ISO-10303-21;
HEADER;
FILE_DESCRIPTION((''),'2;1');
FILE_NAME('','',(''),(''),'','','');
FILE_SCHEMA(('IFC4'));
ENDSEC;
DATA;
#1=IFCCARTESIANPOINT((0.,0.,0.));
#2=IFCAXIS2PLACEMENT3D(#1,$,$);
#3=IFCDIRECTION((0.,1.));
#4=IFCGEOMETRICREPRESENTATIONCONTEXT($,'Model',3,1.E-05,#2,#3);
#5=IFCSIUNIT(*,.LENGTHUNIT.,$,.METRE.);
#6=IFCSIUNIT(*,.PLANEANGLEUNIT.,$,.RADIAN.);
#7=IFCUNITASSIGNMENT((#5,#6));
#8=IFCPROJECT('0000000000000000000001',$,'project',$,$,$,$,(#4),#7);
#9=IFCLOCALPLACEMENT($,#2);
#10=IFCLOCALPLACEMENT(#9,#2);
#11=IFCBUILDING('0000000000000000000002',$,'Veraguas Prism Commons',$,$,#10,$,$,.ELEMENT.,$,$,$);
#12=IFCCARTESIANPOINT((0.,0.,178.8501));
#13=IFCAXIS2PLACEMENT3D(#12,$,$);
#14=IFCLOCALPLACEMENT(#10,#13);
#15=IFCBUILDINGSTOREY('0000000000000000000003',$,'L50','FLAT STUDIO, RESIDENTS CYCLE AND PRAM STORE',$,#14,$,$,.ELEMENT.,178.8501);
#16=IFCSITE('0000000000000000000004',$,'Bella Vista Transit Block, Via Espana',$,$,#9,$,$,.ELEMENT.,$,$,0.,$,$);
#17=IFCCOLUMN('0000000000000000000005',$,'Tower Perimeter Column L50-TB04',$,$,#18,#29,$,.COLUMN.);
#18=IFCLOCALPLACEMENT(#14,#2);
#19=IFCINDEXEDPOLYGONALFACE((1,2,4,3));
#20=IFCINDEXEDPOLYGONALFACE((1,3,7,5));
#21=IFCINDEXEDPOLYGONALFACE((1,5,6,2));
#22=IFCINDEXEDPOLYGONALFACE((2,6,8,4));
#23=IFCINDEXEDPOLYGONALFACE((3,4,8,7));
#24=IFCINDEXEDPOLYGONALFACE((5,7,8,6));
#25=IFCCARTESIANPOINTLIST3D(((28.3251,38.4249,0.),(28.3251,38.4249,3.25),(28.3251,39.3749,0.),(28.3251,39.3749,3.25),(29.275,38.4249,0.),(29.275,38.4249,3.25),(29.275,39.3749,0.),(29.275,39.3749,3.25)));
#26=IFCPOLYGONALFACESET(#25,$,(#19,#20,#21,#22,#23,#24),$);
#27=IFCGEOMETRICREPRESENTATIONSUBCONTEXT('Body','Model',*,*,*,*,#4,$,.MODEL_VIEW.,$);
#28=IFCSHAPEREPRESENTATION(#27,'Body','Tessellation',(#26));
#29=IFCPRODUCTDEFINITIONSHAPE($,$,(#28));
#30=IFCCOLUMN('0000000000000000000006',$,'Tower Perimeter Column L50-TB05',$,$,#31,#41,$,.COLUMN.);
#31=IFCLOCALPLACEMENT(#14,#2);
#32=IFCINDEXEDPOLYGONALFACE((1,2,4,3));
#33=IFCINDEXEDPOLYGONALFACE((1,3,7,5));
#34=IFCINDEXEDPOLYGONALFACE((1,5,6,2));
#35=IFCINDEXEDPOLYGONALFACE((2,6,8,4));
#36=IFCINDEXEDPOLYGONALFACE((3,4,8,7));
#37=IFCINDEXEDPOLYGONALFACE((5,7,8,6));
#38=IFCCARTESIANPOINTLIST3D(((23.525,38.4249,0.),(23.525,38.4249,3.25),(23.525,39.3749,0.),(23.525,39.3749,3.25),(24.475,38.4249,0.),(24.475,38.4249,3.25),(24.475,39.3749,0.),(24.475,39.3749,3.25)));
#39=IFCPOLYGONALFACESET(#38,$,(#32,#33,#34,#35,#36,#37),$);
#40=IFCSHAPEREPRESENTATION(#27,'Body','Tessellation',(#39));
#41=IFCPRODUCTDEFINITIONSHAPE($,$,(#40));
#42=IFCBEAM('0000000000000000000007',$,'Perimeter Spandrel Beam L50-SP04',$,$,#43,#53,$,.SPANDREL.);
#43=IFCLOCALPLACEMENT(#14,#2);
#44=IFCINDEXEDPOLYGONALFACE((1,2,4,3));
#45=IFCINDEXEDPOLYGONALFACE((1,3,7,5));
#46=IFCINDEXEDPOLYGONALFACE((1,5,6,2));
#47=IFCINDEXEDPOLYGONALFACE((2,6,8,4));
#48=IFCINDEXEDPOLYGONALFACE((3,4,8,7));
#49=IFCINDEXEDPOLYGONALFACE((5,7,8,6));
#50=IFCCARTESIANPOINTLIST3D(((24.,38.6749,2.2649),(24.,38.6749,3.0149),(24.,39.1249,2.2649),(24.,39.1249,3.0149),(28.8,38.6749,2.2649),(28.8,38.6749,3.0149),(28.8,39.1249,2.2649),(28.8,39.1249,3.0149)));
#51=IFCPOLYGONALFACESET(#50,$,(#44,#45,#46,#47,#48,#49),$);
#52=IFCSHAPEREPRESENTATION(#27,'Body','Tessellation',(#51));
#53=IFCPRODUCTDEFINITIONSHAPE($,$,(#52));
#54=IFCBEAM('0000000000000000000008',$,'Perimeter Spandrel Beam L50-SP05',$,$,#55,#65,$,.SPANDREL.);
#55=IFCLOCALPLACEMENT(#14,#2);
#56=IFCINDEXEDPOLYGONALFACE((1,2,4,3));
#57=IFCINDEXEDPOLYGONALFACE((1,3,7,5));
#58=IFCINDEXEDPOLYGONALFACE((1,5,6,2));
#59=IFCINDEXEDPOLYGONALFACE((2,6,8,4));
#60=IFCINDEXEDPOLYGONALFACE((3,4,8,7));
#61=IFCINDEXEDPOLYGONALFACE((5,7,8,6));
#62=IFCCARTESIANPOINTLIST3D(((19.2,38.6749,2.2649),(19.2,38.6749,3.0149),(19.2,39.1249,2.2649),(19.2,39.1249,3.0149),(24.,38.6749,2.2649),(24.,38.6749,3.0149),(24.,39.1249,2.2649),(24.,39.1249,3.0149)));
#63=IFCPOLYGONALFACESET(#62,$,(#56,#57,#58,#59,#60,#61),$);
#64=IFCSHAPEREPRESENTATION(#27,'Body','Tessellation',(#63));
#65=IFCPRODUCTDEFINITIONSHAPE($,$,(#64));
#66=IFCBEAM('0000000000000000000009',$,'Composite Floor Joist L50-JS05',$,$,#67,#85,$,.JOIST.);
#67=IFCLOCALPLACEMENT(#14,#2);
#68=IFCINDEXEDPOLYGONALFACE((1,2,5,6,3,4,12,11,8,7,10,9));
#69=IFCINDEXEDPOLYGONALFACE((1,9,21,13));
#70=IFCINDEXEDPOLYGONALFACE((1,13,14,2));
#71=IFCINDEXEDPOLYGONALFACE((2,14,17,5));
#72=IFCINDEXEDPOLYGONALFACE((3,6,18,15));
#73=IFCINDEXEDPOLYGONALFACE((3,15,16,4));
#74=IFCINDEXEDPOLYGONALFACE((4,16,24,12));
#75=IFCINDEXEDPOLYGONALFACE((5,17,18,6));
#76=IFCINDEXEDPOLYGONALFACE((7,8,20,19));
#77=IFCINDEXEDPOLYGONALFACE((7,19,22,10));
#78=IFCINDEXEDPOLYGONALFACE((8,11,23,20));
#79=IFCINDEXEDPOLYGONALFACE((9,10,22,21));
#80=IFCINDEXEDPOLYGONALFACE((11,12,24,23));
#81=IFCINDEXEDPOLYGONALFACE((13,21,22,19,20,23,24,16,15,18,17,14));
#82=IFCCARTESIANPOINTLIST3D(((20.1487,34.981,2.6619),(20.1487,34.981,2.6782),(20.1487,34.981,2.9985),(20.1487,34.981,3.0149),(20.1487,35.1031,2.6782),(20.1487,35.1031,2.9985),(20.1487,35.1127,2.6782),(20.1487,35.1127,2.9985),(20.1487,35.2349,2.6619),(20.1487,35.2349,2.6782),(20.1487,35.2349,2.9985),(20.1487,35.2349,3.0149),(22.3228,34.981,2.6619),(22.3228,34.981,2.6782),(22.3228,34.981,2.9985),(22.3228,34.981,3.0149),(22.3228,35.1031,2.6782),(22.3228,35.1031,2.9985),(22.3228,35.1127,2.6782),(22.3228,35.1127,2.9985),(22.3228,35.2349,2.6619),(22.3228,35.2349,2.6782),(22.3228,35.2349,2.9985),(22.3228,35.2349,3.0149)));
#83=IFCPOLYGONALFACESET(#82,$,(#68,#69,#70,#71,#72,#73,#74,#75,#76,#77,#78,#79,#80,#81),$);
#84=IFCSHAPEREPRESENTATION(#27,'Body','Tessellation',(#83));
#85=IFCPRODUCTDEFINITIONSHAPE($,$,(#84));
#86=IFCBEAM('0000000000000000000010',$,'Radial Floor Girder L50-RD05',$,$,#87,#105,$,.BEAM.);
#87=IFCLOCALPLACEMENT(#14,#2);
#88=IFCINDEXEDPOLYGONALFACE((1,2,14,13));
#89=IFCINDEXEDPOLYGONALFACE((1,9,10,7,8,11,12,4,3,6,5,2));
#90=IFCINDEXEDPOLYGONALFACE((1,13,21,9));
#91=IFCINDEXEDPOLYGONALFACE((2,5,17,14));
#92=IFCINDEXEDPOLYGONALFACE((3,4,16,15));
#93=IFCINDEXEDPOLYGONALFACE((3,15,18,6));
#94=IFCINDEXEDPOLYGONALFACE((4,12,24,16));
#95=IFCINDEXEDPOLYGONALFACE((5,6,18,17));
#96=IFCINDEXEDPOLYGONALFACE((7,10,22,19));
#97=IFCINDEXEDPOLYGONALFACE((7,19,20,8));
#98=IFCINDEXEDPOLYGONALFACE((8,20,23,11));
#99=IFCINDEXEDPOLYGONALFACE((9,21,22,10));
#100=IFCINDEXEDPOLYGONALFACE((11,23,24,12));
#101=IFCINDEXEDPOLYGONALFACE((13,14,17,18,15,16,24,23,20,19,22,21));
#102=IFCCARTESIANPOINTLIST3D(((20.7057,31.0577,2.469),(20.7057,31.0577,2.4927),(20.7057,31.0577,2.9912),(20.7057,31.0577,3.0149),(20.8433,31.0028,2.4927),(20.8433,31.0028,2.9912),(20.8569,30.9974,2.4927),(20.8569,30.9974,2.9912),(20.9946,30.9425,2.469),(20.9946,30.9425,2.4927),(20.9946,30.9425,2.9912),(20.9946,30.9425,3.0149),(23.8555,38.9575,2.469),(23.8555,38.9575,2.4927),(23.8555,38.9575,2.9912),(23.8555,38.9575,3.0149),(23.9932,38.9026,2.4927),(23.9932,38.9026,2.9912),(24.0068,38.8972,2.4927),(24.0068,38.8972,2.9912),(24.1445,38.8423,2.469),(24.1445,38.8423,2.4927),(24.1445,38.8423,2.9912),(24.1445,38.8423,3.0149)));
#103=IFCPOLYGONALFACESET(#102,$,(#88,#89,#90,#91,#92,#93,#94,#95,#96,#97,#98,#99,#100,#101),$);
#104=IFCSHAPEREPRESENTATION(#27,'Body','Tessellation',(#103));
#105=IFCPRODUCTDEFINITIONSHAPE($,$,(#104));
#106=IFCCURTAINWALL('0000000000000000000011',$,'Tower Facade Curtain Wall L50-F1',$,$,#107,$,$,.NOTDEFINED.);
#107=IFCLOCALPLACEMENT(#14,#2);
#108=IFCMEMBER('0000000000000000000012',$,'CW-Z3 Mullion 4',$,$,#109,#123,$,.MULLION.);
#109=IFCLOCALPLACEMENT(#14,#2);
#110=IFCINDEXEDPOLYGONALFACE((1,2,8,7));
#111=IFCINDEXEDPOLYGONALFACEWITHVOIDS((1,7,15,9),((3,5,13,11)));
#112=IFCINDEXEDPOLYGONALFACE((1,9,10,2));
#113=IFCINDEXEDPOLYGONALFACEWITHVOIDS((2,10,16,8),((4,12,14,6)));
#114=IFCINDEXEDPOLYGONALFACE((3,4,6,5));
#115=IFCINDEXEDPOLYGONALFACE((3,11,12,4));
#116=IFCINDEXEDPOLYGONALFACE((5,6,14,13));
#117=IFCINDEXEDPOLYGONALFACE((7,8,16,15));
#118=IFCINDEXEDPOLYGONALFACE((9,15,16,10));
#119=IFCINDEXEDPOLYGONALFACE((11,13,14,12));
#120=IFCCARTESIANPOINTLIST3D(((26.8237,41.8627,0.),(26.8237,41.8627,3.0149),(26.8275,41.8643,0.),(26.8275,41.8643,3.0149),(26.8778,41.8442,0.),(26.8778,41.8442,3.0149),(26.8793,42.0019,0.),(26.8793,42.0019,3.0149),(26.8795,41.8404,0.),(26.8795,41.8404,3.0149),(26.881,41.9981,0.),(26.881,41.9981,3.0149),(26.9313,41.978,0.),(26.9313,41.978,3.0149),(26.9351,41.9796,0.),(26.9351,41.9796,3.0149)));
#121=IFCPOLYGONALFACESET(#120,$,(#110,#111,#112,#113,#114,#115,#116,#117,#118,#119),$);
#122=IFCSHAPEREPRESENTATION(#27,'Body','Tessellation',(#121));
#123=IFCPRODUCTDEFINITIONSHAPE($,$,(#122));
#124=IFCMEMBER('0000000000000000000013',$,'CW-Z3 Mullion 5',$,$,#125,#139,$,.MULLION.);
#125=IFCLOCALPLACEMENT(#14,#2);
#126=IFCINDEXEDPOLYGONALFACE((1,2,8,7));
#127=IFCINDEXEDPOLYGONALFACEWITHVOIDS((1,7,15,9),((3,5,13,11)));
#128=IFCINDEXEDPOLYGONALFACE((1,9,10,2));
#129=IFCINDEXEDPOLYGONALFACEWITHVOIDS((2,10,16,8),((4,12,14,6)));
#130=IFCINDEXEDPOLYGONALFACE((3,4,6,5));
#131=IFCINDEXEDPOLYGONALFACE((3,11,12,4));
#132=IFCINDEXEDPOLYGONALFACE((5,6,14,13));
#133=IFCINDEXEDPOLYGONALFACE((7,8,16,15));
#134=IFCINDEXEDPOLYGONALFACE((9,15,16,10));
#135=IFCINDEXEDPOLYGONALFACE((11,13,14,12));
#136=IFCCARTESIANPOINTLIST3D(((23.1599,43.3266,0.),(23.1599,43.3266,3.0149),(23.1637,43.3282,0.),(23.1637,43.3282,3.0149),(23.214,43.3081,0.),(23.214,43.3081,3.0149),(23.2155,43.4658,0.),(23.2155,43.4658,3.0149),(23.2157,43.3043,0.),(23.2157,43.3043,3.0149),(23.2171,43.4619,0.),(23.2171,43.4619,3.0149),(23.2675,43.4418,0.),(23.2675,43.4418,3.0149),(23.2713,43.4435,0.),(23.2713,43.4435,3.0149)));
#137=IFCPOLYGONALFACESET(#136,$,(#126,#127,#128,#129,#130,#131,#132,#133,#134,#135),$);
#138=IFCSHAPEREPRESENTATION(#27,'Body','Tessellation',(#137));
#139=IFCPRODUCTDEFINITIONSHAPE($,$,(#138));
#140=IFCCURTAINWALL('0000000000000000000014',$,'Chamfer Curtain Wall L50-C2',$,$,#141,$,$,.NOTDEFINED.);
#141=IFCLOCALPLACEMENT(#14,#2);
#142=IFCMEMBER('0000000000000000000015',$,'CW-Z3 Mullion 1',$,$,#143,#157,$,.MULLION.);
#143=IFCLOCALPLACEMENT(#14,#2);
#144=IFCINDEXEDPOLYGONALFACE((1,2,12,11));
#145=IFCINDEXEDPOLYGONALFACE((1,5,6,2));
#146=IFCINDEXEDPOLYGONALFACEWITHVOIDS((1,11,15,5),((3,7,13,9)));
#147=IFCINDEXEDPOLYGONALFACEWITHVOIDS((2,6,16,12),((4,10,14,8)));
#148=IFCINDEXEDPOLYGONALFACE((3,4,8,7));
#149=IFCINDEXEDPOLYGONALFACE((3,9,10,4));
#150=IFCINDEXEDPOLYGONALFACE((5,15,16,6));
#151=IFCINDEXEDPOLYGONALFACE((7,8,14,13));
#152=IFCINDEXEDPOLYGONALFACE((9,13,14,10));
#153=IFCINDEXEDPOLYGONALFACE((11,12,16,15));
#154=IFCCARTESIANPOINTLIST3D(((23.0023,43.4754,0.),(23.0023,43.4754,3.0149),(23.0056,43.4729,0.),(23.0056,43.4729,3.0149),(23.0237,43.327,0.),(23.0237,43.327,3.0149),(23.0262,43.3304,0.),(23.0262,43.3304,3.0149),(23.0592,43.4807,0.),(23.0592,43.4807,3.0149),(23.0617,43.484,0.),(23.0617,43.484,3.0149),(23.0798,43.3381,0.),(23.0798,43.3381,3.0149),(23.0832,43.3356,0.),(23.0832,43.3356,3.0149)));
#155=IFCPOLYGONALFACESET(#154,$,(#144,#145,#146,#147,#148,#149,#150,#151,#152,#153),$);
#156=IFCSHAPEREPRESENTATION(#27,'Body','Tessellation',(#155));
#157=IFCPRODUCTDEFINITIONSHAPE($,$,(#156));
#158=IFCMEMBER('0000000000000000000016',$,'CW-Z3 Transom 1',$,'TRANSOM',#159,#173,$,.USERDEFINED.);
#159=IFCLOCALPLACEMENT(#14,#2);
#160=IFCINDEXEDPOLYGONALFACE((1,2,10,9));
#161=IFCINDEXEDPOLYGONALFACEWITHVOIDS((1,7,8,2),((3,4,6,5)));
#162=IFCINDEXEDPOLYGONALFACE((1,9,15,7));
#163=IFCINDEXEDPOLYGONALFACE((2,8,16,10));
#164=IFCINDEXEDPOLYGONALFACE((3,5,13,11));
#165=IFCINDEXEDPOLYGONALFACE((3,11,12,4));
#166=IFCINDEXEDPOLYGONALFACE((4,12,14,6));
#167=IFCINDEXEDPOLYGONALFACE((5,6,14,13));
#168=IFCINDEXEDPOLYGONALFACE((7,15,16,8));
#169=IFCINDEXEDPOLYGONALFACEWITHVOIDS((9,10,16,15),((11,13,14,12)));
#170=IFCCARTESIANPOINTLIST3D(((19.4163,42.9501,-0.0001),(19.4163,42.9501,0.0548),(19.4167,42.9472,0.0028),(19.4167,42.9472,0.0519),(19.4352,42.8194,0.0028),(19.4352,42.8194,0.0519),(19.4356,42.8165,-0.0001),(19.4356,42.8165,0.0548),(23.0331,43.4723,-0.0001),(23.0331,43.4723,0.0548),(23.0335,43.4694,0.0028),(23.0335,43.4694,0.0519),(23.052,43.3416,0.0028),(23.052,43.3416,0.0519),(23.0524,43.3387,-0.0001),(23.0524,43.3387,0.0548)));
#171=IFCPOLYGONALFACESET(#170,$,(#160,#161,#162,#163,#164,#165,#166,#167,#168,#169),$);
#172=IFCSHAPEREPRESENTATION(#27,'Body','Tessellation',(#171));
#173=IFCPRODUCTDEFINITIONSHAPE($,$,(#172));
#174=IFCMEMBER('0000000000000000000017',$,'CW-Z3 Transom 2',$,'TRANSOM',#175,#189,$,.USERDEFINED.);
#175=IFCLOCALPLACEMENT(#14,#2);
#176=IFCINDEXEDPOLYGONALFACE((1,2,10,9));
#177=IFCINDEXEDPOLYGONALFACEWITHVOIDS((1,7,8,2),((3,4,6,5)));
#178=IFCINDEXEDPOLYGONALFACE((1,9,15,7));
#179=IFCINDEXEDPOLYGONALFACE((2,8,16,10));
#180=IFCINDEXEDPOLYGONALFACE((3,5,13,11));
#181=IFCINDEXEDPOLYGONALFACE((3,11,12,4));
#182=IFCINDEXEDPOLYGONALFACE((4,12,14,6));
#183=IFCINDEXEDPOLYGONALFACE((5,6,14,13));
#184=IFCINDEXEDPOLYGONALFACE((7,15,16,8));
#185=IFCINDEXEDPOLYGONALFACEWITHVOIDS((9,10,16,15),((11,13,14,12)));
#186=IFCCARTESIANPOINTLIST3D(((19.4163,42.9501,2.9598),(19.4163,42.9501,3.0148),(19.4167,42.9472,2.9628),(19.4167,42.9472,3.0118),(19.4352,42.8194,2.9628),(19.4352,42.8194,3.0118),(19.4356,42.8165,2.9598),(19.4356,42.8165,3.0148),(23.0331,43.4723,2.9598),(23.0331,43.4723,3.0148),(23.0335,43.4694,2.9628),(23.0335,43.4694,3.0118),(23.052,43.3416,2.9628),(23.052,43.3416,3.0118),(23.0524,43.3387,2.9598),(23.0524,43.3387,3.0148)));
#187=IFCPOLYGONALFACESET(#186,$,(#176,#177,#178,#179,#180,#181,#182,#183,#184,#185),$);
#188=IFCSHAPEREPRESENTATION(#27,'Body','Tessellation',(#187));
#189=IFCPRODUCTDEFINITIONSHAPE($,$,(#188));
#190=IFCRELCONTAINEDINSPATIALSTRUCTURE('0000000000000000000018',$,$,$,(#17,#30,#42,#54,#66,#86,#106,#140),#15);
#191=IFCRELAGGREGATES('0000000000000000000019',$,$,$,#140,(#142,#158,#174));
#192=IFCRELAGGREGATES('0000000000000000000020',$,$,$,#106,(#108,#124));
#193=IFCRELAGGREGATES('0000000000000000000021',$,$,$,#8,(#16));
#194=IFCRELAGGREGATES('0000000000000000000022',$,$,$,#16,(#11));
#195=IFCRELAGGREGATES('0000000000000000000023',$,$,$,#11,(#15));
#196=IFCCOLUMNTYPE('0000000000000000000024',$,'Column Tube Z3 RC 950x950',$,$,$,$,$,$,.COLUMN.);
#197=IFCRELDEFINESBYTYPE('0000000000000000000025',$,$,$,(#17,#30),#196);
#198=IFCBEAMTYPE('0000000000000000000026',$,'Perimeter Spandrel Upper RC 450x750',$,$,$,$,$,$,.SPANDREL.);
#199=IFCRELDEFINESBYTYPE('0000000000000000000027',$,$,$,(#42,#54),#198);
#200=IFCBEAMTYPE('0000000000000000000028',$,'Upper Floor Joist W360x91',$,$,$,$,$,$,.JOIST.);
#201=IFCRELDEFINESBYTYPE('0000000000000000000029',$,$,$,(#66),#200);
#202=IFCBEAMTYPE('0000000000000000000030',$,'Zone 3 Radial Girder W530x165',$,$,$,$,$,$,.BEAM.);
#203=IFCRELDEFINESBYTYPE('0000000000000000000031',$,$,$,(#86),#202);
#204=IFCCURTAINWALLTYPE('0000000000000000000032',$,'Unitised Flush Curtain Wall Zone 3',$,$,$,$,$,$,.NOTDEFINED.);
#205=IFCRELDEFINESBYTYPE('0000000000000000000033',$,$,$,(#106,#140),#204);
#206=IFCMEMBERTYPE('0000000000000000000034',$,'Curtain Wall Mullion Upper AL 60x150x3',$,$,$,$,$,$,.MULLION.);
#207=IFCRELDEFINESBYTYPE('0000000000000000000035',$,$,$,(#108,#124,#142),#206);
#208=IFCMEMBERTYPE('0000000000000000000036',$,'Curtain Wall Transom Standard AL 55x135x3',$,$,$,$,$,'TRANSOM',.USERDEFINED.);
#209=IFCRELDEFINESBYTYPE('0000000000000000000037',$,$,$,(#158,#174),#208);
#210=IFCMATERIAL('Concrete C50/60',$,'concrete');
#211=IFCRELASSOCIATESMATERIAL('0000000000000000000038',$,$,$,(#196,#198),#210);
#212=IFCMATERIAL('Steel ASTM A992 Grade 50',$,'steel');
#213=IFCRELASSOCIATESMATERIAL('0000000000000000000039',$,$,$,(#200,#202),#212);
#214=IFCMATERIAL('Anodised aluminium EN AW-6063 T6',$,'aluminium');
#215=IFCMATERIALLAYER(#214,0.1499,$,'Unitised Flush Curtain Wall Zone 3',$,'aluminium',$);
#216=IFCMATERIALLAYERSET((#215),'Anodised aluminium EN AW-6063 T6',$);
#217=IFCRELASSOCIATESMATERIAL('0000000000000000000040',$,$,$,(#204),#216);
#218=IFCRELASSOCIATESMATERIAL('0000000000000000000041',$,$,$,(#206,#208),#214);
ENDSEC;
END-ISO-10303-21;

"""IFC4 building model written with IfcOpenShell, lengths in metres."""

from ifc_helpers import new_model, si_unit, direction, frame, origin, origin_2d, place, context, subcontext, project, spatial, rectangle, hollow_rectangle, i_section, extrude, source, transform, mapped, material, layer, layer_set, material_profile, profile_set, type_object, element, aggregate, save


model = new_model("IFC4")

# Units and contexts
model_context = context("Model", 3, precision=1e-05, world=origin(), true_north=direction((0.0, 1.0)))
body_context = subcontext(model_context, "Body", "Model", "MODEL_VIEW")
ifc_project = project(units=[si_unit("LENGTHUNIT", "METRE"), si_unit("PLANEANGLEUNIT", "RADIAN")], contexts=[model_context])

# Site, building, storey
site_placement = place(None, origin())
site = spatial("IfcSite", under=ifc_project, at=site_placement, Name="Bella Vista Transit Block, Via Espana", CompositionType="ELEMENT", RefElevation=0.0)
building_placement = place(site_placement, origin())
building = spatial("IfcBuilding", under=site, at=building_placement, Name="Veraguas Prism Commons", CompositionType="ELEMENT")
storey_placement = place(building_placement, frame((0.0, 0.0, 178.8501)))
storey = spatial("IfcBuildingStorey", under=building, at=storey_placement, Name="L50", Description="FLAT STUDIO, RESIDENTS CYCLE AND PRAM STORE", CompositionType="ELEMENT", Elevation=178.8501)

# Columns
ifc_material_1 = material(Name="Concrete C50/60", Category="concrete")
ifc_material_profile_1 = material_profile(ifc_material_1, rectangle(XDim=0.95, YDim=0.95, at=origin_2d()), Name="RC950X950")
ifc_profile_set_1 = profile_set([ifc_material_profile_1], Name="Concrete C50/60")
column_type = type_object("IfcColumnType", Name="Column Tube Z3 RC 950x950", PredefinedType="COLUMN", material=ifc_profile_set_1)
for number, where, z_axis, x_axis, name in (
    (1, (28.8, 38.8999, 0.0), (0.0, 0.0, 1.0), (1.0, 0.0, 0.0), "Tower Perimeter Column L50-TB04"),
    (2, (24.0, 38.8999, 0.0), (0.0, 0.0, 1.0), (1.0, 0.0, 0.0), "Tower Perimeter Column L50-TB05"),
):
    element("IfcColumn", number, at=place(storey_placement, frame(where, z_axis=z_axis, x_axis=x_axis)), inside=storey, type_object=column_type, Name=name, PredefinedType="COLUMN", context=body_context, shape_type="SweptSolid", body=[
        extrude(rectangle(XDim=0.95, YDim=0.95, at=origin_2d()), origin(), (0.0, 0.0, 1.0), 3.25),
    ])

# Beams
ifc_material_profile_2 = material_profile(ifc_material_1, rectangle(XDim=0.45, YDim=0.75, at=origin_2d()), Name="RC450X750")
ifc_profile_set_2 = profile_set([ifc_material_profile_2], Name="Concrete C50/60")
beam_type_1 = type_object("IfcBeamType", Name="Perimeter Spandrel Upper RC 450x750", PredefinedType="SPANDREL", material=ifc_profile_set_2)
for number, where, z_axis, x_axis, name in (
    (3, (28.8, 38.8999, 2.6399), (-1.0, 0.0, 0.0), (0.0, -1.0, 0.0), "Perimeter Spandrel Beam L50-SP04"),
    (4, (24.0, 38.8999, 2.6399), (-1.0, 0.0, 0.0), (0.0, -1.0, 0.0), "Perimeter Spandrel Beam L50-SP05"),
):
    element("IfcBeam", number, at=place(storey_placement, frame(where, z_axis=z_axis, x_axis=x_axis)), inside=storey, type_object=beam_type_1, Name=name, PredefinedType="SPANDREL", context=body_context, shape_type="SweptSolid", body=[
        extrude(rectangle(XDim=0.45, YDim=0.75, at=origin_2d()), origin(), (0.0, 0.0, 1.0), 4.8),
    ])
ifc_material_2 = material(Name="Steel ASTM A992 Grade 50", Category="steel")
ifc_material_profile_3 = material_profile(ifc_material_2, i_section(OverallWidth=0.2539, OverallDepth=0.353, WebThickness=0.0095, FlangeThickness=0.0164, at=origin_2d()), Name="W360X91")
ifc_profile_set_3 = profile_set([ifc_material_profile_3], Name="Steel ASTM A992 Grade 50")
beam_type_2 = type_object("IfcBeamType", Name="Upper Floor Joist W360x91", PredefinedType="JOIST", material=ifc_profile_set_3)
beam_1_placement = place(storey_placement, frame((22.3228, 35.1079, 2.8384), z_axis=(-1.0, 0.0, 0.0), x_axis=(0.0, -1.0, 0.0)))
element("IfcBeam", 5, at=beam_1_placement, inside=storey, type_object=beam_type_2, Name="Composite Floor Joist L50-JS05", PredefinedType="JOIST", context=body_context, shape_type="SweptSolid", body=[
    extrude(i_section(OverallWidth=0.2539, OverallDepth=0.353, WebThickness=0.0095, FlangeThickness=0.0164, at=origin_2d()), origin(), (0.0, 0.0, 1.0), 2.1741),
])
ifc_material_profile_4 = material_profile(ifc_material_2, i_section(OverallWidth=0.311, OverallDepth=0.5459, WebThickness=0.0146, FlangeThickness=0.0237, at=origin_2d()), Name="W530X165")
ifc_profile_set_4 = profile_set([ifc_material_profile_4], Name="Steel ASTM A992 Grade 50")
beam_type_3 = type_object("IfcBeamType", Name="Zone 3 Radial Girder W530x165", PredefinedType="BEAM", material=ifc_profile_set_4)
beam_2_placement = place(storey_placement, frame((24.0, 38.8999, 2.7419), z_axis=(-0.370371, -0.928884, 0.0), x_axis=(0.928884, -0.370371, 0.0)))
element("IfcBeam", 6, at=beam_2_placement, inside=storey, type_object=beam_type_3, Name="Radial Floor Girder L50-RD05", PredefinedType="BEAM", context=body_context, shape_type="SweptSolid", body=[
    extrude(i_section(OverallWidth=0.311, OverallDepth=0.5459, WebThickness=0.0146, FlangeThickness=0.0237, at=origin_2d()), origin(), (0.0, 0.0, 1.0), 8.5046),
])

# Curtain walls, members
ifc_material_3 = material(Name="Anodised aluminium EN AW-6063 T6", Category="aluminium")
ifc_layer_1 = layer(ifc_material_3, 0.1499, Name="Unitised Flush Curtain Wall Zone 3", Category="aluminium")
ifc_layer_set_1 = layer_set([ifc_layer_1], Name="Anodised aluminium EN AW-6063 T6")
curtain_wall_type = type_object("IfcCurtainWallType", Name="Unitised Flush Curtain Wall Zone 3", PredefinedType="NOTDEFINED", material=ifc_layer_set_1)
curtain_wall_1_placement = place(storey_placement, origin())
curtain_wall_1 = element("IfcCurtainWall", 7, at=curtain_wall_1_placement, inside=storey, type_object=curtain_wall_type, Name="Tower Facade Curtain Wall L50-F1", PredefinedType="NOTDEFINED")
ifc_material_profile_5 = material_profile(ifc_material_3, hollow_rectangle(XDim=0.0601, YDim=0.1499, WallThickness=0.0029, at=origin_2d()), Name="AL60X150X3")
ifc_profile_set_5 = profile_set([ifc_material_profile_5], Name="Anodised aluminium EN AW-6063 T6")
member_type_1 = type_object("IfcMemberType", Name="Curtain Wall Mullion Upper AL 60x150x3", PredefinedType="MULLION", material=ifc_profile_set_5)
shared_shape_1 = source(origin(), body_context, "Body", "SweptSolid", [
    extrude(hollow_rectangle(XDim=0.0601, YDim=0.1499, WallThickness=0.0029, at=origin_2d()), origin(), (0.0, 0.0, 1.0), 3.0149),
])
member_1_placement = place(storey_placement, frame((26.8794, 41.9211, 0.0), z_axis=(0.0, 0.0, 1.0), x_axis=(-0.928618, 0.371037, 0.0)))
member_1 = element("IfcMember", 8, at=member_1_placement, type_object=member_type_1, Name="CW-Z3 Mullion 4", PredefinedType="MULLION", context=body_context, shape_type="MappedRepresentation", body=[
    mapped(shared_shape_1, transform((0.0, 0.0, 0.0), scale=1.0)),
])
member_2_placement = place(storey_placement, frame((23.2156, 43.385, 0.0), z_axis=(0.0, 0.0, 1.0), x_axis=(-0.928618, 0.371037, 0.0)))
member_2 = element("IfcMember", 9, at=member_2_placement, type_object=member_type_1, Name="CW-Z3 Mullion 5", PredefinedType="MULLION", context=body_context, shape_type="MappedRepresentation", body=[
    mapped(shared_shape_1, transform((0.0, 0.0, 0.0), scale=1.0)),
])
curtain_wall_2_placement = place(storey_placement, origin())
curtain_wall_2 = element("IfcCurtainWall", 10, at=curtain_wall_2_placement, inside=storey, type_object=curtain_wall_type, Name="Chamfer Curtain Wall L50-C2", PredefinedType="NOTDEFINED")
member_3_placement = place(storey_placement, frame((23.0427, 43.4055, 0.0), z_axis=(0.0, 0.0, 1.0), x_axis=(-0.989729, -0.142959, 0.0)))
member_3 = element("IfcMember", 11, at=member_3_placement, type_object=member_type_1, Name="CW-Z3 Mullion 1", PredefinedType="MULLION", context=body_context, shape_type="MappedRepresentation", body=[
    mapped(shared_shape_1, transform((0.0, 0.0, 0.0), scale=1.0)),
])
ifc_material_profile_6 = material_profile(ifc_material_3, hollow_rectangle(XDim=0.0549, YDim=0.135, WallThickness=0.0029, at=origin_2d()), Name="AL55X135X3")
ifc_profile_set_6 = profile_set([ifc_material_profile_6], Name="Anodised aluminium EN AW-6063 T6")
member_type_2 = type_object("IfcMemberType", Name="Curtain Wall Transom Standard AL 55x135x3", ElementType="TRANSOM", PredefinedType="USERDEFINED", material=ifc_profile_set_6)
shared_shape_2 = source(origin(), body_context, "Body", "SweptSolid", [
    extrude(hollow_rectangle(XDim=0.0549, YDim=0.135, WallThickness=0.0029, at=origin_2d()), origin(), (0.0, 0.0, 1.0), 3.6543),
])
member_4_placement = place(storey_placement, frame((23.0427, 43.4055, 0.0273), z_axis=(-0.989736, -0.142908, 0.0), x_axis=(0.0, 0.0, 1.0)))
member_4 = element("IfcMember", 12, at=member_4_placement, type_object=member_type_2, Name="CW-Z3 Transom 1", ObjectType="TRANSOM", PredefinedType="USERDEFINED", context=body_context, shape_type="MappedRepresentation", body=[
    mapped(shared_shape_2, transform((0.0, 0.0, 0.0), scale=1.0)),
])
member_5_placement = place(storey_placement, frame((23.0427, 43.4055, 2.9873), z_axis=(-0.989736, -0.142908, 0.0), x_axis=(0.0, 0.0, 1.0)))
member_5 = element("IfcMember", 13, at=member_5_placement, type_object=member_type_2, Name="CW-Z3 Transom 2", ObjectType="TRANSOM", PredefinedType="USERDEFINED", context=body_context, shape_type="MappedRepresentation", body=[
    mapped(shared_shape_2, transform((0.0, 0.0, 0.0), scale=1.0)),
])
aggregate(curtain_wall_2, [member_3, member_4, member_5])

aggregate(curtain_wall_1, [member_1, member_2])

save(model, "model.ifc")
